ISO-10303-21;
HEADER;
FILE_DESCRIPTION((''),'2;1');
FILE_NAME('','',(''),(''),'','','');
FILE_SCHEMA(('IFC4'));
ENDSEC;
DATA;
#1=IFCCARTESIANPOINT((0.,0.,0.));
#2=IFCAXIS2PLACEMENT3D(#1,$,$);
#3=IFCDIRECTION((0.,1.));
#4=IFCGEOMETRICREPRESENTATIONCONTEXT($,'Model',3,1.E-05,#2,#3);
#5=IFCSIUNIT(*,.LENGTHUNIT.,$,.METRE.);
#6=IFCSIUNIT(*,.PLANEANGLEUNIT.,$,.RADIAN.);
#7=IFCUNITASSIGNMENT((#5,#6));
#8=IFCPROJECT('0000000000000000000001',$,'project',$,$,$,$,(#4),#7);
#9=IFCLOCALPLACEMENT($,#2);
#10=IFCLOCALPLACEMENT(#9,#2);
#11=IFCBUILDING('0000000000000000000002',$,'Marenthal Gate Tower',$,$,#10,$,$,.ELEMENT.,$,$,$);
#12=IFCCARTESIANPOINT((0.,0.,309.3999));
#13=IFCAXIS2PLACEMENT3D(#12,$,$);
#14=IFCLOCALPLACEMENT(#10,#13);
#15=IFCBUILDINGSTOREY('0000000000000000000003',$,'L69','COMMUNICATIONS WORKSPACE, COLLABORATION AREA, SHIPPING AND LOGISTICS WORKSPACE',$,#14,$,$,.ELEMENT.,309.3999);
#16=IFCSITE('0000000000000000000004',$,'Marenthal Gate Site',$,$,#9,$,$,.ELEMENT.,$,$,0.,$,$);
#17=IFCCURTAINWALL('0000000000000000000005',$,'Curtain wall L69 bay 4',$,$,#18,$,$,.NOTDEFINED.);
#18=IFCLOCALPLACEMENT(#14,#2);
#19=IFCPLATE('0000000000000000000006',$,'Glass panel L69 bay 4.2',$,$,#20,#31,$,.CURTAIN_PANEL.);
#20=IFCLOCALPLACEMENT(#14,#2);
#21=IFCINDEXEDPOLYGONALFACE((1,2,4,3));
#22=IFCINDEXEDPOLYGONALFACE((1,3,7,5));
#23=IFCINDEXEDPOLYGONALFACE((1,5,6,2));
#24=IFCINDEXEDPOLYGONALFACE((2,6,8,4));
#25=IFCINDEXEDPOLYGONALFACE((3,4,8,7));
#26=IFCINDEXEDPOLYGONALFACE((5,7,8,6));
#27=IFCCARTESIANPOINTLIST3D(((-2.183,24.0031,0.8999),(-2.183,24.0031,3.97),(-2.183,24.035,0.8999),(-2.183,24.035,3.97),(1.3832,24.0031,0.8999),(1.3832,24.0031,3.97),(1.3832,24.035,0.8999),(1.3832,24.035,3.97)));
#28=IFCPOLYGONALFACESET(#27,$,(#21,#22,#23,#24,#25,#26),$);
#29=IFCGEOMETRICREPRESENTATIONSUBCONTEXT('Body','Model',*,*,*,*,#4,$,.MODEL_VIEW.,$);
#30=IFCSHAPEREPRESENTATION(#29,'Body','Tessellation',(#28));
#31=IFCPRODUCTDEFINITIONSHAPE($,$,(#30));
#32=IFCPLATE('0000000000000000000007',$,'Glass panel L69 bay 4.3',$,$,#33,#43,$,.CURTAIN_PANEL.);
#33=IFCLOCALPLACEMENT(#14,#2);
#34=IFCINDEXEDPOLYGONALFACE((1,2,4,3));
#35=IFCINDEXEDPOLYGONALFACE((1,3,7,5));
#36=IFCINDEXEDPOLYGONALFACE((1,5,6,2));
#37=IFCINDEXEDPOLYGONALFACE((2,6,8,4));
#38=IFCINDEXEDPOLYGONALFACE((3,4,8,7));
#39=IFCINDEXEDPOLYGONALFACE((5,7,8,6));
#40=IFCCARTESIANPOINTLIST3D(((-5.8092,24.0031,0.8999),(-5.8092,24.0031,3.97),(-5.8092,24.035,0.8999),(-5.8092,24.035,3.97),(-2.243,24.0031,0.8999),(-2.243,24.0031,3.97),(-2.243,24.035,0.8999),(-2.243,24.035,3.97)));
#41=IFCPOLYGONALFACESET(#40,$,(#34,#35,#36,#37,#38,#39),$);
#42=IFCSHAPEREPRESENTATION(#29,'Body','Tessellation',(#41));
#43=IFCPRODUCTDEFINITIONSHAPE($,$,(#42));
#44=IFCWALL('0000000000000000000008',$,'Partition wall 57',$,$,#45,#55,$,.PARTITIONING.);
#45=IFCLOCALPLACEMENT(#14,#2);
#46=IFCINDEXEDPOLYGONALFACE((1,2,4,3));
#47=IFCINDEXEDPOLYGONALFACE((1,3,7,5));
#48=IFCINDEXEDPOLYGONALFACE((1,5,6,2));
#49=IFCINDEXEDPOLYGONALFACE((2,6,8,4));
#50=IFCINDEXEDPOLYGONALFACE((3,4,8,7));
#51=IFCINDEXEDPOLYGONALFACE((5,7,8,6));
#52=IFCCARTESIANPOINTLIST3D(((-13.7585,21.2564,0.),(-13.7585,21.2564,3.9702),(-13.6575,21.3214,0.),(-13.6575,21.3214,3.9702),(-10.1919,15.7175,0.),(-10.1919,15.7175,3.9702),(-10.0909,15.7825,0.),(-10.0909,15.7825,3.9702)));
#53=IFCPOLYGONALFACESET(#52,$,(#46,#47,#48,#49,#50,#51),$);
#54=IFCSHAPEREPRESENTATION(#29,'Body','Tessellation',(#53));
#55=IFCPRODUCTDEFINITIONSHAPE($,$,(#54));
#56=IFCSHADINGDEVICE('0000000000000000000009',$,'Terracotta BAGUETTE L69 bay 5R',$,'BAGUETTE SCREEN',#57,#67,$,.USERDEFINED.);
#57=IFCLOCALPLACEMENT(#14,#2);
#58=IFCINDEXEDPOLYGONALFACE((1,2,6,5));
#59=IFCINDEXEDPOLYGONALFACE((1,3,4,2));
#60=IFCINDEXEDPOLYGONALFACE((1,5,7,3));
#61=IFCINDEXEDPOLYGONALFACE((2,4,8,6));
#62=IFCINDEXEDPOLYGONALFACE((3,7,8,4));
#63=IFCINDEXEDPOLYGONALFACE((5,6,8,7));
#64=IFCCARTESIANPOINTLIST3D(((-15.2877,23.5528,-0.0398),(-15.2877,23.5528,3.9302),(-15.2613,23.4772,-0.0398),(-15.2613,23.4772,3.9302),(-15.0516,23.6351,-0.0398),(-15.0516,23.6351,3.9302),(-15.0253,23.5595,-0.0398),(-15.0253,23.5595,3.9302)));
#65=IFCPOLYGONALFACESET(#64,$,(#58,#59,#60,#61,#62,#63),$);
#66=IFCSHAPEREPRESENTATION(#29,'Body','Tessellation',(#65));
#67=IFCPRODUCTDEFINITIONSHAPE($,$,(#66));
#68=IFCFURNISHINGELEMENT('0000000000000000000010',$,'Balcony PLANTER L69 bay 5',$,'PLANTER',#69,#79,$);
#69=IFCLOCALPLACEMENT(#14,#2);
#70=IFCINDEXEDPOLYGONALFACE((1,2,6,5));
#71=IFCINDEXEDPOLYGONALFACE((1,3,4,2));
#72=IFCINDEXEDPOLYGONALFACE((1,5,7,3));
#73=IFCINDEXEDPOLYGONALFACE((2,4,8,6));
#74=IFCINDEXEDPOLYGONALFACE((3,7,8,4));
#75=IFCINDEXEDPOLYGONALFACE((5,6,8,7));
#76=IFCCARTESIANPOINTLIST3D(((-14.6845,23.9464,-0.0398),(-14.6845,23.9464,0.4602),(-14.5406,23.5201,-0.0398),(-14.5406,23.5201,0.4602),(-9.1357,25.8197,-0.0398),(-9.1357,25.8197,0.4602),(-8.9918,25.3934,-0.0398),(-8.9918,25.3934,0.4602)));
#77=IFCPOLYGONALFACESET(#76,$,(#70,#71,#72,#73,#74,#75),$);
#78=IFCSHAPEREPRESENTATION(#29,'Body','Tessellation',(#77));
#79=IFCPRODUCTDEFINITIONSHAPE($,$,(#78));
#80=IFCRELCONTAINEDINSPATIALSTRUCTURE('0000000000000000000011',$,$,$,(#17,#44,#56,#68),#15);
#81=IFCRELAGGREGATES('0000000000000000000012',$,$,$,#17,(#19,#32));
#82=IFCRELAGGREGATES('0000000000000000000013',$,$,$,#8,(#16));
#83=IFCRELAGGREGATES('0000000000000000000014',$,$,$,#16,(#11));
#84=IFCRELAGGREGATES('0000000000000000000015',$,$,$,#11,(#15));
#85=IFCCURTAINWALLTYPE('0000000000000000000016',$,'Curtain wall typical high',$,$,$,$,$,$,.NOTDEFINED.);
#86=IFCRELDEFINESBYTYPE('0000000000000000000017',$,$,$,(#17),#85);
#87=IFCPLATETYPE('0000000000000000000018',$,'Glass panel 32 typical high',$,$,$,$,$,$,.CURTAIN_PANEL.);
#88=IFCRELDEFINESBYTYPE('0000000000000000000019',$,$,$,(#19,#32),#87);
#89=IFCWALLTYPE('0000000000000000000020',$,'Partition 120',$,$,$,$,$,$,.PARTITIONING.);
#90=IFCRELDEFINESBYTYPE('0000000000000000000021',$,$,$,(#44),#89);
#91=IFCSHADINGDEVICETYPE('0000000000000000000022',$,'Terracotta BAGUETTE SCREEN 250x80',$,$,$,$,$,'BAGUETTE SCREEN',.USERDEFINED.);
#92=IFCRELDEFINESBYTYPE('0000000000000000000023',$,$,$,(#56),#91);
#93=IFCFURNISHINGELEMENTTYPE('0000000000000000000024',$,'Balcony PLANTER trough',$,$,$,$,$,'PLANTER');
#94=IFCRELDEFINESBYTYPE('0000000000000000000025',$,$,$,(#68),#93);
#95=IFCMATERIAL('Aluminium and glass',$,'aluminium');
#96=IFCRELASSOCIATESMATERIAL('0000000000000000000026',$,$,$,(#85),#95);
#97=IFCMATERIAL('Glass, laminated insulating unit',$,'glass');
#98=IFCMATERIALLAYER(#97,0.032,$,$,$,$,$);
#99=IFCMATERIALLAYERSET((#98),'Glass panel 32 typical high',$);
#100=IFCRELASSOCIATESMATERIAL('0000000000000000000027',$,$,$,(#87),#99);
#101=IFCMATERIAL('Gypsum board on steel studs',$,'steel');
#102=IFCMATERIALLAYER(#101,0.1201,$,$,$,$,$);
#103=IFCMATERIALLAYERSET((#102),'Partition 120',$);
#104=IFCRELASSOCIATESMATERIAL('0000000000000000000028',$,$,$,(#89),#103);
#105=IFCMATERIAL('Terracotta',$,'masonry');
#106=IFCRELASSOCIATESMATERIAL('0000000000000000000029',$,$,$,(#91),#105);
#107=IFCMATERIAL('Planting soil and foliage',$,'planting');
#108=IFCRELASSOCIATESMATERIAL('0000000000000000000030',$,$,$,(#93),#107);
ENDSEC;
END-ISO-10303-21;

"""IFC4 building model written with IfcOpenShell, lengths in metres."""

from ifc_helpers import new_model, si_unit, direction, frame, frame_2d, origin, origin_2d, place, context, subcontext, project, spatial, rectangle, extrude, material, layer, layer_set, material_profile, profile_set, type_object, element, aggregate, save


model = new_model("IFC4")

# Units and contexts
model_context = context("Model", 3, precision=1e-05, world=origin(), true_north=direction((0.0, 1.0)))
body_context = subcontext(model_context, "Body", "Model", "MODEL_VIEW")
ifc_project = project(units=[si_unit("LENGTHUNIT", "METRE"), si_unit("PLANEANGLEUNIT", "RADIAN")], contexts=[model_context])

# Site, building, storey
site_placement = place(None, origin())
site = spatial("IfcSite", under=ifc_project, at=site_placement, Name="Marenthal Gate Site", CompositionType="ELEMENT", RefElevation=0.0)
building_placement = place(site_placement, origin())
building = spatial("IfcBuilding", under=site, at=building_placement, Name="Marenthal Gate Tower", CompositionType="ELEMENT")
storey_placement = place(building_placement, frame((0.0, 0.0, 309.3999)))
storey = spatial("IfcBuildingStorey", under=building, at=storey_placement, Name="L69", Description="COMMUNICATIONS WORKSPACE, COLLABORATION AREA, SHIPPING AND LOGISTICS WORKSPACE", CompositionType="ELEMENT", Elevation=309.3999)

# Curtain wall
ifc_material_1 = material(Name="Aluminium and glass", Category="aluminium")
curtain_wall_type = type_object("IfcCurtainWallType", Name="Curtain wall typical high", PredefinedType="NOTDEFINED", material=ifc_material_1)
curtain_wall_placement = place(storey_placement, origin())
curtain_wall = element("IfcCurtainWall", 1, at=curtain_wall_placement, inside=storey, type_object=curtain_wall_type, Name="Curtain wall L69 bay 4", PredefinedType="NOTDEFINED")

# Plates
ifc_material_2 = material(Name="Glass, laminated insulating unit", Category="glass")
ifc_layer_1 = layer(ifc_material_2, 0.032)
ifc_layer_set_1 = layer_set([ifc_layer_1], Name="Glass panel 32 typical high")
plate_type = type_object("IfcPlateType", Name="Glass panel 32 typical high", PredefinedType="CURTAIN_PANEL", material=ifc_layer_set_1)
plate_1_placement = place(storey_placement, frame((-0.3999, 24.019, 0.8999), z_axis=(0.0, 0.0, 1.0), x_axis=(-1.0, 0.0, 0.0)))
plate_1 = element("IfcPlate", 2, at=plate_1_placement, type_object=plate_type, Name="Glass panel L69 bay 4.2", PredefinedType="CURTAIN_PANEL", context=body_context, shape_type="SweptSolid", body=[
    extrude(rectangle(XDim=3.5662, YDim=0.032, at=origin_2d()), origin(), (0.0, 0.0, 1.0), 3.0701),
])
plate_2_placement = place(storey_placement, frame((-4.0261, 24.019, 0.8999), z_axis=(0.0, 0.0, 1.0), x_axis=(-1.0, 0.0, 0.0)))
plate_2 = element("IfcPlate", 3, at=plate_2_placement, type_object=plate_type, Name="Glass panel L69 bay 4.3", PredefinedType="CURTAIN_PANEL", context=body_context, shape_type="SweptSolid", body=[
    extrude(rectangle(XDim=3.5662, YDim=0.032, at=origin_2d()), origin(), (0.0, 0.0, 1.0), 3.0701),
])
aggregate(curtain_wall, [plate_1, plate_2])

# Wall
ifc_material_3 = material(Name="Gypsum board on steel studs", Category="steel")
ifc_layer_2 = layer(ifc_material_3, 0.1201)
ifc_layer_set_2 = layer_set([ifc_layer_2], Name="Partition 120")
wall_type_1 = type_object("IfcWallType", Name="Partition 120", PredefinedType="PARTITIONING", material=ifc_layer_set_2)
wall_1_placement = place(storey_placement, frame((-10.1414, 15.75, 0.0), z_axis=(0.0, 0.0, 1.0), x_axis=(-0.5414, 0.840765, 0.0)))
element("IfcWall", 4, at=wall_1_placement, inside=storey, type_object=wall_type_1, Name="Partition wall 57", PredefinedType="PARTITIONING", context=body_context, shape_type="SweptSolid", body=[
    extrude(rectangle(XDim=6.5879, YDim=0.1201, at=frame_2d((3.2939, 0.0))), origin(), (0.0, 0.0, 1.0), 3.9702),
])

# Shading device
ifc_material_4 = material(Name="Terracotta", Category="masonry")
ifc_material_profile_1 = material_profile(ifc_material_4, rectangle(XDim=0.25, YDim=0.0801, at=origin_2d()), Name="Terracotta baguette 250x80")
ifc_profile_set_1 = profile_set([ifc_material_profile_1], Name="Terracotta")
shading_device_type = type_object("IfcShadingDeviceType", Name="Terracotta BAGUETTE SCREEN 250x80", ElementType="BAGUETTE SCREEN", PredefinedType="USERDEFINED", material=ifc_profile_set_1)
shading_device_placement = place(storey_placement, frame((-15.1565, 23.5562, -0.0398), z_axis=(0.0, 0.0, 1.0), x_axis=(-0.944249, -0.329232, 0.0)))
element("IfcShadingDevice", 5, at=shading_device_placement, inside=storey, type_object=shading_device_type, Name="Terracotta BAGUETTE L69 bay 5R", ObjectType="BAGUETTE SCREEN", PredefinedType="USERDEFINED", context=body_context, shape_type="SweptSolid", body=[
    extrude(rectangle(XDim=0.25, YDim=0.0801, at=origin_2d()), origin(), (0.0, 0.0, 1.0), 3.97),
])

# Furnishing element
ifc_material_5 = material(Name="Planting soil and foliage", Category="planting")
furnishing_element_type = type_object("IfcFurnishingElementType", Name="Balcony PLANTER trough", ElementType="PLANTER", material=ifc_material_5)
furnishing_placement = place(storey_placement, frame((-11.8381, 24.6699, -0.0398), z_axis=(0.0, 0.0, 1.0), x_axis=(-0.947463, -0.319866, 0.0)))
element("IfcFurnishingElement", 6, at=furnishing_placement, inside=storey, type_object=furnishing_element_type, Name="Balcony PLANTER L69 bay 5", ObjectType="PLANTER", context=body_context, shape_type="SweptSolid", body=[
    extrude(rectangle(XDim=5.8564, YDim=0.45, at=origin_2d()), origin(), (0.0, 0.0, 1.0), 0.5),
])

save(model, "model.ifc")
